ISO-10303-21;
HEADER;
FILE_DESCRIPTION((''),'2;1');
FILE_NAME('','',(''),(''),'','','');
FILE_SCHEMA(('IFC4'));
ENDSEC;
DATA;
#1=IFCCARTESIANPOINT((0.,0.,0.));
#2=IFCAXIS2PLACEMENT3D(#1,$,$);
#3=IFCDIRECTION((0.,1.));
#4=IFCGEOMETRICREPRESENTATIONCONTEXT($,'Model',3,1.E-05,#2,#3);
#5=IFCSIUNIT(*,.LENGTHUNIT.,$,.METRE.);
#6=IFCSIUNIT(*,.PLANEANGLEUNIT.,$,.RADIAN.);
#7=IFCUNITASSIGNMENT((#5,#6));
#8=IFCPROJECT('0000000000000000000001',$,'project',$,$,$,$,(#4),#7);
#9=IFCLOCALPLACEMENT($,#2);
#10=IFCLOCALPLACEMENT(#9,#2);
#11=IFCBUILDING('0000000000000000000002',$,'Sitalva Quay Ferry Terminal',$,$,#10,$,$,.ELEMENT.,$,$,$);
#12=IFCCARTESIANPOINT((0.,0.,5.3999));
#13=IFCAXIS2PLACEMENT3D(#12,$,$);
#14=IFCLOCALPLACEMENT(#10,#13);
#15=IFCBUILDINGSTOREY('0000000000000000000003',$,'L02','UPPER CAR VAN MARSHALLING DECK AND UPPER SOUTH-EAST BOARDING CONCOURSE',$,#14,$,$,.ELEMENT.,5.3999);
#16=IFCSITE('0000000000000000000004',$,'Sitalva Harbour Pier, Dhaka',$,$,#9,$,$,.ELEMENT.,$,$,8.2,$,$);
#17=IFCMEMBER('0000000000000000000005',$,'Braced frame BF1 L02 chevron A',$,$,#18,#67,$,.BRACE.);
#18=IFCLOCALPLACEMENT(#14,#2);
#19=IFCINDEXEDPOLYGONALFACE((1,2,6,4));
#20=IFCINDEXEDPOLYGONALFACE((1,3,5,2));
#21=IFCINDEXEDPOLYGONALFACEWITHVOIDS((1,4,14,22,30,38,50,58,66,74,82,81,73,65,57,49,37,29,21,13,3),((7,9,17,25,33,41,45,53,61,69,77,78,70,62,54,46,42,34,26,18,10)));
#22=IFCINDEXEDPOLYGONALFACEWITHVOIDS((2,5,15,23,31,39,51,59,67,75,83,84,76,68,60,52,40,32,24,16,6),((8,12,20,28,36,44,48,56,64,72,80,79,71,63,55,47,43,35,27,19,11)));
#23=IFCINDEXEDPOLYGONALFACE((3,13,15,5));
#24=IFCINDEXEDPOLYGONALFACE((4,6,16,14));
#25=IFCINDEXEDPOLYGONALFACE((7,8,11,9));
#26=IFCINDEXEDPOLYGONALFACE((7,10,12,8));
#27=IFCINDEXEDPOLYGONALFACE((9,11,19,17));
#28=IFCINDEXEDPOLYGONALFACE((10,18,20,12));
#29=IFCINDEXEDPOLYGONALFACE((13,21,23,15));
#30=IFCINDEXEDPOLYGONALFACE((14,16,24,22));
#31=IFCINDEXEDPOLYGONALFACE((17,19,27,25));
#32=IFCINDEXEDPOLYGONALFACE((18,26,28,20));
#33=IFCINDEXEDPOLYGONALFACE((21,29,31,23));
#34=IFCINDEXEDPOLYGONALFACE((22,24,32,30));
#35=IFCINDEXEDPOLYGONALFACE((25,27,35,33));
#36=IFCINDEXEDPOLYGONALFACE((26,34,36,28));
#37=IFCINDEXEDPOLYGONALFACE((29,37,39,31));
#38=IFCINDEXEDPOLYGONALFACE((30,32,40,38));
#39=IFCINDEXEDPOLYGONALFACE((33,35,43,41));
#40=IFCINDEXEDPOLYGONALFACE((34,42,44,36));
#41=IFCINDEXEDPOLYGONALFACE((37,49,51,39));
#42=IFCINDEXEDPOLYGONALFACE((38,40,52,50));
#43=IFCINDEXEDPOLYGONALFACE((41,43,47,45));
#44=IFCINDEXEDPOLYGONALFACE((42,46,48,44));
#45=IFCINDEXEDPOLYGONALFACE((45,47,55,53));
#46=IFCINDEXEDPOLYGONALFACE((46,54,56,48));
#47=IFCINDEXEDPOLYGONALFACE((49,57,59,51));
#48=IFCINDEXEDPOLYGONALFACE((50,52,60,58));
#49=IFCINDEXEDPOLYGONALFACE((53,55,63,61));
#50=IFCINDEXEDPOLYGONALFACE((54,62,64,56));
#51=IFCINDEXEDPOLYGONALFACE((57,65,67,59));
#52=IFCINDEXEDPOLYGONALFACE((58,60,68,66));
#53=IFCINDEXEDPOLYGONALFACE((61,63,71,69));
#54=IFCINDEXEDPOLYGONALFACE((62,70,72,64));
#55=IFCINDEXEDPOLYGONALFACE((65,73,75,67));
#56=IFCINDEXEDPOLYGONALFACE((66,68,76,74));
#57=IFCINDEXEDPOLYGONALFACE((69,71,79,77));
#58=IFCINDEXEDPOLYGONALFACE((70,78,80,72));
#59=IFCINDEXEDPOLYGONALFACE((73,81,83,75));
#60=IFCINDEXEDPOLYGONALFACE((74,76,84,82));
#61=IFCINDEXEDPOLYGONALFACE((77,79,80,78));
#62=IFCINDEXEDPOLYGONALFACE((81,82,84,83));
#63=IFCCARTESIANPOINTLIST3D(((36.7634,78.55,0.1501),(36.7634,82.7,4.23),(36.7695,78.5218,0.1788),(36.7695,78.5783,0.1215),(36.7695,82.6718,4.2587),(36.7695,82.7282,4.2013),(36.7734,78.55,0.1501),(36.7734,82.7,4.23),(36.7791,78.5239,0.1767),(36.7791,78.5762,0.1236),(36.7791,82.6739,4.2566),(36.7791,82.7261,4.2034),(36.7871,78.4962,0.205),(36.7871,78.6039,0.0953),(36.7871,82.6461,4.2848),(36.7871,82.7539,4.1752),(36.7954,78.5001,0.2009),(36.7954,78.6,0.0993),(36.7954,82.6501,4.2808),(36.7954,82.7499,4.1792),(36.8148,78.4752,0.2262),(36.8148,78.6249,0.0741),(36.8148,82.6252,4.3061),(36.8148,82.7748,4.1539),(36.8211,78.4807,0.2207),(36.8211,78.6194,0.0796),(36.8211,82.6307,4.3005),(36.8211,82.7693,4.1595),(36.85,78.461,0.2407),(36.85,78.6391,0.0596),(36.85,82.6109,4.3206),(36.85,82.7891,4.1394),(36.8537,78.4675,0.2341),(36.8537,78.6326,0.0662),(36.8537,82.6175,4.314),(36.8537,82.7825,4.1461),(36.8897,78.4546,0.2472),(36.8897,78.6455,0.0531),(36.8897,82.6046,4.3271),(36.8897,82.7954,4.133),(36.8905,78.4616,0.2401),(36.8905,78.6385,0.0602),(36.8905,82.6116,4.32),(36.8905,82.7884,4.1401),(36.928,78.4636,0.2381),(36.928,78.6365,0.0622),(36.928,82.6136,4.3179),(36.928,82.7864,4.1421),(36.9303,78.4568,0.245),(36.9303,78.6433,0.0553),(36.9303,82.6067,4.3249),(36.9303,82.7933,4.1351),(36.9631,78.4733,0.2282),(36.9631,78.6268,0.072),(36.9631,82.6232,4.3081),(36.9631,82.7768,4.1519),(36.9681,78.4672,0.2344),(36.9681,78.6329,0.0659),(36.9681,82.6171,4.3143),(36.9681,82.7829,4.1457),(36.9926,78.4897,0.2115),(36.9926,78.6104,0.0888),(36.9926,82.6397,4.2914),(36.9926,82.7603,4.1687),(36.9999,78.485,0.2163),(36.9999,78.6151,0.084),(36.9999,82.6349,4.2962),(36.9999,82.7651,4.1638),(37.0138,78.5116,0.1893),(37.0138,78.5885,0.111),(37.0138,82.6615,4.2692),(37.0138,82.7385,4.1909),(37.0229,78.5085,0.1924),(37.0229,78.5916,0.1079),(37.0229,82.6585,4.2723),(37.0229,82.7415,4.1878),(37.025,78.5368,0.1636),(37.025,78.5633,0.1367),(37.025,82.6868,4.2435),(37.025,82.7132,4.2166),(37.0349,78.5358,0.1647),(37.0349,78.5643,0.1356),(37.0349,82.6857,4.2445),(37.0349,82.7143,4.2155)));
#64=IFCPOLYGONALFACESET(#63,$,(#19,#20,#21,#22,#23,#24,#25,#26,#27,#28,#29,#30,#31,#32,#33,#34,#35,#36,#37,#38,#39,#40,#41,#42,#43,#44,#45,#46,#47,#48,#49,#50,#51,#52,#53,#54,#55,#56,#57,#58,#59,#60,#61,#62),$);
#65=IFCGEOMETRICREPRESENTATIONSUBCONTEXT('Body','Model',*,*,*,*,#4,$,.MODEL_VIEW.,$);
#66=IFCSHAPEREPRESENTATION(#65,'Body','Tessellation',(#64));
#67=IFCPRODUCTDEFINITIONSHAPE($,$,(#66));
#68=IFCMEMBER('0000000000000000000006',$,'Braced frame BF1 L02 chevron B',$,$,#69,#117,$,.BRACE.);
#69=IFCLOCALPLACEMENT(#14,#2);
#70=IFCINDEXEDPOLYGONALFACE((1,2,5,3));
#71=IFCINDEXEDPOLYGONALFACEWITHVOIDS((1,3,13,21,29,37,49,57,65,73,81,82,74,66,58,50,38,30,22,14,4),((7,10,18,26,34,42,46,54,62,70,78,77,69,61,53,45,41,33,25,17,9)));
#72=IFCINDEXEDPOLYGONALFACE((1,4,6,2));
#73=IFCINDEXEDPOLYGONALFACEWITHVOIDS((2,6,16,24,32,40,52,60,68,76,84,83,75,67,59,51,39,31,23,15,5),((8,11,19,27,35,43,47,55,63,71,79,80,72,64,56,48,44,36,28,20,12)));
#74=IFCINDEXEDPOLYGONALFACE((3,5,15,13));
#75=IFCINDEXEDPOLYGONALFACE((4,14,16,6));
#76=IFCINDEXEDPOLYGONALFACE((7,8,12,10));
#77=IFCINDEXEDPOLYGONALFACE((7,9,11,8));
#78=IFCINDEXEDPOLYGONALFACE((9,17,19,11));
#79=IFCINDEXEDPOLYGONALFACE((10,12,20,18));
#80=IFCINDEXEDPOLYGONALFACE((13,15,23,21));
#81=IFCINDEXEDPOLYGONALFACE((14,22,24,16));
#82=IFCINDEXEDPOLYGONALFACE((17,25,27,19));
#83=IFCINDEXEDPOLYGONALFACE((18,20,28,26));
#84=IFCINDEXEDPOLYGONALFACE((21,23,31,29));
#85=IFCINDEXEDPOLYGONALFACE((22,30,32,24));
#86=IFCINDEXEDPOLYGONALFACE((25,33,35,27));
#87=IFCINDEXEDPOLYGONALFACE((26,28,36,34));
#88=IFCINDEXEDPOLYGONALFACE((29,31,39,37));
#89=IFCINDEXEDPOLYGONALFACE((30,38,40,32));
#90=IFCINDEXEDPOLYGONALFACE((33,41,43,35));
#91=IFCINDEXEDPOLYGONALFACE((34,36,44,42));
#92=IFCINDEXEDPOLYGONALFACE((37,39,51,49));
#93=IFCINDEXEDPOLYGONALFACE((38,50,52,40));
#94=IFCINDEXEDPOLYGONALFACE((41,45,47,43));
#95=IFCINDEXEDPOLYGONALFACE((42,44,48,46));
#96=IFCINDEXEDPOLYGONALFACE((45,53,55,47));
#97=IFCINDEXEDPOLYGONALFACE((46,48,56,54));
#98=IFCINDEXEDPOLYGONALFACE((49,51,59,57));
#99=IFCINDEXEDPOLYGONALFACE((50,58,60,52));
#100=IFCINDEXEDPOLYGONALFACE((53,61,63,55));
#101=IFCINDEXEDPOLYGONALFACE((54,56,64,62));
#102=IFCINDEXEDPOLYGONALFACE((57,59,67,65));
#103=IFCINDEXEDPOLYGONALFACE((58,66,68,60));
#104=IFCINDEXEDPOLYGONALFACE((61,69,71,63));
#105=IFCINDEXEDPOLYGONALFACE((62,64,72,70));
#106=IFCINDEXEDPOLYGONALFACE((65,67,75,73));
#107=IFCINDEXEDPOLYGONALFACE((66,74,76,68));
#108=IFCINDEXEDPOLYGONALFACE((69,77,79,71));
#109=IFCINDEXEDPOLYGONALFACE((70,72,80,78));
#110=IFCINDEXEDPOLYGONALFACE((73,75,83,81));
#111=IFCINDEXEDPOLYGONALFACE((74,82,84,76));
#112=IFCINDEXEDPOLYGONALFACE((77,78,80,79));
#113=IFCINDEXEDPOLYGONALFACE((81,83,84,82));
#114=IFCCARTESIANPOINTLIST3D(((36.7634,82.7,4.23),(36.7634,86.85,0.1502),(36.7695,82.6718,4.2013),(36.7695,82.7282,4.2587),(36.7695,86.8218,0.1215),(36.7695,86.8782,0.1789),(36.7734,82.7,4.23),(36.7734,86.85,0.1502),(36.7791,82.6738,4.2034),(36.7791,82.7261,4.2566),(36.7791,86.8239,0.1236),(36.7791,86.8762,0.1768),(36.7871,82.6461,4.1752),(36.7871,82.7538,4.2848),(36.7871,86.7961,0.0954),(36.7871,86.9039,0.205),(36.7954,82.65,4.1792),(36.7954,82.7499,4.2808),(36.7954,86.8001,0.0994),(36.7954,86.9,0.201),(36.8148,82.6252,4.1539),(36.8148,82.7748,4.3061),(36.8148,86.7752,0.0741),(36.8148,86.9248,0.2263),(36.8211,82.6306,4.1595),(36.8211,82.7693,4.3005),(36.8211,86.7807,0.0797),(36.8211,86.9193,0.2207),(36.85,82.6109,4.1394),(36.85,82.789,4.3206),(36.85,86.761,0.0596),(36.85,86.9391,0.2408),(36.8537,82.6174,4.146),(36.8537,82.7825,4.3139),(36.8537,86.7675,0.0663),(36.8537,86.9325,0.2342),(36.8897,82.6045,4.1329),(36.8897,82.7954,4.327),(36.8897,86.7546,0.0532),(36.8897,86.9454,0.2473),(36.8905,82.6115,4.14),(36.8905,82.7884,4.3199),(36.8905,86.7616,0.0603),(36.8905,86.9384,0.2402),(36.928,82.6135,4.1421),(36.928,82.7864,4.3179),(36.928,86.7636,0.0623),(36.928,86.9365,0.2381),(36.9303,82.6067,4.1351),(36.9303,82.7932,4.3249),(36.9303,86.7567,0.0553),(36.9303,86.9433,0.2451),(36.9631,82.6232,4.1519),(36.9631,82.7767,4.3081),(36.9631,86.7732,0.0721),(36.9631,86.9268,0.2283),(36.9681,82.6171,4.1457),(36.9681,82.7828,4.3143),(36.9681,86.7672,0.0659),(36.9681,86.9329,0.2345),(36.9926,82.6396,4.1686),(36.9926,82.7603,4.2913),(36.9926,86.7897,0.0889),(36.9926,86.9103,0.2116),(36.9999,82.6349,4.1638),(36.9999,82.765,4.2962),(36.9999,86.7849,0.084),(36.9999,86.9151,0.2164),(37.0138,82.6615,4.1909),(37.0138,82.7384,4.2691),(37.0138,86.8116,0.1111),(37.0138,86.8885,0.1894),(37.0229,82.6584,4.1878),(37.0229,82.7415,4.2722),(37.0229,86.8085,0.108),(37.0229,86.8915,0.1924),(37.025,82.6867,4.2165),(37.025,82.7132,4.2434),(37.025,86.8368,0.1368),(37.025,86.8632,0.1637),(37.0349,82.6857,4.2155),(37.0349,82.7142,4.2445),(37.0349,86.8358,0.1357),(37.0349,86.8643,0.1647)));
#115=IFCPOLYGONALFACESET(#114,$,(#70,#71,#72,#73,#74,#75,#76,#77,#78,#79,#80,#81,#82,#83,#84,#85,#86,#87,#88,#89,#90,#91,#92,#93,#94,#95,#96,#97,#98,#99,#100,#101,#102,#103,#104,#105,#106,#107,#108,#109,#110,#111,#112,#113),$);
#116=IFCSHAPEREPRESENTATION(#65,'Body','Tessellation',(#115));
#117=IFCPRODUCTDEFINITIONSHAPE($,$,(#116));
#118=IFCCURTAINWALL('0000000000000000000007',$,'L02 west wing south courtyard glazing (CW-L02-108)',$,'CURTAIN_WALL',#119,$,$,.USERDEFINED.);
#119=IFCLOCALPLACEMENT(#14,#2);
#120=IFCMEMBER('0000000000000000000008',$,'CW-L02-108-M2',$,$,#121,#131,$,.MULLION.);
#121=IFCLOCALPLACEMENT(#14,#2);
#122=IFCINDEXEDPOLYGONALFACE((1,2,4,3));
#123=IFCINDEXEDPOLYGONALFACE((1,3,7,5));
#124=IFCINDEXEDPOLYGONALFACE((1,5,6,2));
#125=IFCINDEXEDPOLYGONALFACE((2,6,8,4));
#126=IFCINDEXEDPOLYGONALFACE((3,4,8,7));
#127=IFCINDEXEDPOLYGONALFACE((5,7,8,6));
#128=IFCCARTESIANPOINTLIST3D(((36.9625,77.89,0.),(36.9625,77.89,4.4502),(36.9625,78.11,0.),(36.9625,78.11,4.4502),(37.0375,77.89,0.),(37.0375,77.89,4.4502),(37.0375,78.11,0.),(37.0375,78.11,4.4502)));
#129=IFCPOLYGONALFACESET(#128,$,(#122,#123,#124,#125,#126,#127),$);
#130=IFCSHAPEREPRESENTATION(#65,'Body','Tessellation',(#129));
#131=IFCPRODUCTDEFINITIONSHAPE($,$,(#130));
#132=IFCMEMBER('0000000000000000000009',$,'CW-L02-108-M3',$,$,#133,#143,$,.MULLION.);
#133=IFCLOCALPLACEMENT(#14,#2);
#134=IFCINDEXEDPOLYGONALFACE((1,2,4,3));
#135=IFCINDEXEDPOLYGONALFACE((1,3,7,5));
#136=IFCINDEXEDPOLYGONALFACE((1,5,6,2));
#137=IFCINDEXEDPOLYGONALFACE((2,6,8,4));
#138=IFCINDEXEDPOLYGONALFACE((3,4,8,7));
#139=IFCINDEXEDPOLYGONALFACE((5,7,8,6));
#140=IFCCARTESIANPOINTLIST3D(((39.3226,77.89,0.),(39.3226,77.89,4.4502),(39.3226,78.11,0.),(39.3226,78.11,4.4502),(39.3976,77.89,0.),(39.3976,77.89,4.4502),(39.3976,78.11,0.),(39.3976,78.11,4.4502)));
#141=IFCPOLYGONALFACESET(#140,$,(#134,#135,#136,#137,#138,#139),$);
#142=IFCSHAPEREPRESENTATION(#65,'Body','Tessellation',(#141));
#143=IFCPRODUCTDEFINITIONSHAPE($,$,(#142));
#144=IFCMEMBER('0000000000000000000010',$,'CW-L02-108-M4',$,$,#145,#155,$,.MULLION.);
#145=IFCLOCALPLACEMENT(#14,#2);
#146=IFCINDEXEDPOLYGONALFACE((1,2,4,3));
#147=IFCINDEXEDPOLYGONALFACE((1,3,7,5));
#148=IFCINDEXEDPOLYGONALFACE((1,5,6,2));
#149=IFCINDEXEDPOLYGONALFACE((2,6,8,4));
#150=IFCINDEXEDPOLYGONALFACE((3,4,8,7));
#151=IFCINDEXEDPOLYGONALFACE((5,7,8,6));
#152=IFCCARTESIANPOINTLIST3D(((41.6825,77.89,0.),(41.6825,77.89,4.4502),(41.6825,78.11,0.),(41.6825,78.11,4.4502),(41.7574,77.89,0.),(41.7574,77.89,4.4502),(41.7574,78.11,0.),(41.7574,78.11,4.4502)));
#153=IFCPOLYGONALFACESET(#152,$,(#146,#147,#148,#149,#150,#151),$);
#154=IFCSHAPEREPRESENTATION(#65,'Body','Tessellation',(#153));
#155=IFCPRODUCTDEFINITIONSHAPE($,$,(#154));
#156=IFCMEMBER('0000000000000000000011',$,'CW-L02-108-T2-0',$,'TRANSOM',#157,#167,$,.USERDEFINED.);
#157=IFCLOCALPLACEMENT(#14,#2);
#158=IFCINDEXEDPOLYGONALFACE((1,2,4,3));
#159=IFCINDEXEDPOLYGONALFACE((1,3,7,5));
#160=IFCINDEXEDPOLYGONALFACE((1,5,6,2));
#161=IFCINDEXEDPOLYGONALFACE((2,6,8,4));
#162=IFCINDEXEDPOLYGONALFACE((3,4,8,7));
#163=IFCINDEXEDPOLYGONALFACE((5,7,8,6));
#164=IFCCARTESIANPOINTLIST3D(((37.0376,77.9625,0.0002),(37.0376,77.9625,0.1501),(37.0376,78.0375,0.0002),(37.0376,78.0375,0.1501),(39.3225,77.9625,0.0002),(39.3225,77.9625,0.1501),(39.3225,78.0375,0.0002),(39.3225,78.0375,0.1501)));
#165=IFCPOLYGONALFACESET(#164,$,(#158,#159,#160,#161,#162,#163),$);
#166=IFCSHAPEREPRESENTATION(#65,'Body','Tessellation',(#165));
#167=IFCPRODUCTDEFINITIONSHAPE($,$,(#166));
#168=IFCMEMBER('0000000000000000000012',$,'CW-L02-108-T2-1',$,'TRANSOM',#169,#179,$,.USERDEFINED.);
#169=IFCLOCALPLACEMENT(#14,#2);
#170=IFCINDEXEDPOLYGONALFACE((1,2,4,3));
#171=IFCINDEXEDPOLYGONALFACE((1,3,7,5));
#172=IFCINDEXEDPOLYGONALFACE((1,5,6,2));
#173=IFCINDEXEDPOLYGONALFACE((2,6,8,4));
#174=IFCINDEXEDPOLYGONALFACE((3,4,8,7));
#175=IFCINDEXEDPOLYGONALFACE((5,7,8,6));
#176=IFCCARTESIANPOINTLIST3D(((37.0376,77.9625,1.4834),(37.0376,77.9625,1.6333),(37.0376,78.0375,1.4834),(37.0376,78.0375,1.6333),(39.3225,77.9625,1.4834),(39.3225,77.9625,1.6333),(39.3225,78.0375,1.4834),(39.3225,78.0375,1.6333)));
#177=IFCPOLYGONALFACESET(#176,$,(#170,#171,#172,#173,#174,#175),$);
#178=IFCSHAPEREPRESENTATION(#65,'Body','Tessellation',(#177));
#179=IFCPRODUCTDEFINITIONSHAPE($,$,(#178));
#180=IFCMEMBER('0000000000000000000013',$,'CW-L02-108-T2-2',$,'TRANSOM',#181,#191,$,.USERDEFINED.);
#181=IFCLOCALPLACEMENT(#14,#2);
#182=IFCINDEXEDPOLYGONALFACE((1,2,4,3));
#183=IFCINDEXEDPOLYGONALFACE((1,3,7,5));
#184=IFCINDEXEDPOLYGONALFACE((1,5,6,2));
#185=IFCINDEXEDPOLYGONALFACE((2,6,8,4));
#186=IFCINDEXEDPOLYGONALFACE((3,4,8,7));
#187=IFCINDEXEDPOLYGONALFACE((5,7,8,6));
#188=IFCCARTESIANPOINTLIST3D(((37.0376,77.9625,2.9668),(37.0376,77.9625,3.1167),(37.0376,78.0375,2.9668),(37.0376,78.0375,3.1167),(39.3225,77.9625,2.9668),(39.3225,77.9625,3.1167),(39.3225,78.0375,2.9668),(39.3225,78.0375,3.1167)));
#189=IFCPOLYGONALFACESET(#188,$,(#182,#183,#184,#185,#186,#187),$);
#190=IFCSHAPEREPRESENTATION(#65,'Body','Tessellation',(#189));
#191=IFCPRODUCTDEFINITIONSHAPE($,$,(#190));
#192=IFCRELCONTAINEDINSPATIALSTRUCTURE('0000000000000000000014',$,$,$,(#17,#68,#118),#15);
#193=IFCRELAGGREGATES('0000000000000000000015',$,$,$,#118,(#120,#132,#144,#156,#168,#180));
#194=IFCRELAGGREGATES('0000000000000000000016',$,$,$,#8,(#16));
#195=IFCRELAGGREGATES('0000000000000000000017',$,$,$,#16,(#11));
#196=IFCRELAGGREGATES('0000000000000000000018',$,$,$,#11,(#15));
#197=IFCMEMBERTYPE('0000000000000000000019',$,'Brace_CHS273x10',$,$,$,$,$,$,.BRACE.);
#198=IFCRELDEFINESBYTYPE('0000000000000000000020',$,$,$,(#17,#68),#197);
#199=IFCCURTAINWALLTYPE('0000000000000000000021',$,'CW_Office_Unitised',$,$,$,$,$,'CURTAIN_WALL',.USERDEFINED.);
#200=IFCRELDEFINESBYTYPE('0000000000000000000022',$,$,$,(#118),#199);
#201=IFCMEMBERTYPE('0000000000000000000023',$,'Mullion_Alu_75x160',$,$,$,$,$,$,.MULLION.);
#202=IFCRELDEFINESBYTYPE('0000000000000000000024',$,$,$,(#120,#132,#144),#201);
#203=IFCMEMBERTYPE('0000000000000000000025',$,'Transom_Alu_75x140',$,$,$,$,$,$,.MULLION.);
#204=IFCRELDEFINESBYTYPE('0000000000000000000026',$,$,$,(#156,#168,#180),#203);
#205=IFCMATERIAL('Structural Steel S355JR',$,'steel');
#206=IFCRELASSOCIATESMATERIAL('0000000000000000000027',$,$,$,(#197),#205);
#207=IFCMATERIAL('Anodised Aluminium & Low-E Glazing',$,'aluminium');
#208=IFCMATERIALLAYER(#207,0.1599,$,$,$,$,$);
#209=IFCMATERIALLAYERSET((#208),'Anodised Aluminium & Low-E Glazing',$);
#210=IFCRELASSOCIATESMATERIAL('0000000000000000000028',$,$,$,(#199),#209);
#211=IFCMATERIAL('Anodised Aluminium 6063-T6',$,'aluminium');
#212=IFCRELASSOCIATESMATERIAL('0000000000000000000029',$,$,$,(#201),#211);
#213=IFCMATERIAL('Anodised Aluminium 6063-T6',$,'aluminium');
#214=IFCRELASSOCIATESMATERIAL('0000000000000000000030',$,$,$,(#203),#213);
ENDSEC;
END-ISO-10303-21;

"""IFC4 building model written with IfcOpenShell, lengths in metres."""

from ifc_helpers import new_model, si_unit, direction, frame, origin, origin_2d, place, context, subcontext, project, spatial, rectangle, hollow_circle, extrude, material, layer, layer_set, material_profile, profile_set, type_object, element, aggregate, save


model = new_model("IFC4")

# Units and contexts
model_context = context("Model", 3, precision=1e-05, world=origin(), true_north=direction((0.0, 1.0)))
body_context = subcontext(model_context, "Body", "Model", "MODEL_VIEW")
ifc_project = project(units=[si_unit("LENGTHUNIT", "METRE"), si_unit("PLANEANGLEUNIT", "RADIAN")], contexts=[model_context])

# Site, building, storey
site_placement = place(None, origin())
site = spatial("IfcSite", under=ifc_project, at=site_placement, Name="Sitalva Harbour Pier, Dhaka", CompositionType="ELEMENT", RefElevation=8.2)
building_placement = place(site_placement, origin())
building = spatial("IfcBuilding", under=site, at=building_placement, Name="Sitalva Quay Ferry Terminal", CompositionType="ELEMENT")
storey_placement = place(building_placement, frame((0.0, 0.0, 5.3999)))
storey = spatial("IfcBuildingStorey", under=building, at=storey_placement, Name="L02", Description="UPPER CAR VAN MARSHALLING DECK AND UPPER SOUTH-EAST BOARDING CONCOURSE", CompositionType="ELEMENT", Elevation=5.3999)

# Members
ifc_material_1 = material(Name="Structural Steel S355JR", Category="steel")
ifc_material_profile_1 = material_profile(ifc_material_1, hollow_circle(Radius=0.1365, WallThickness=0.01, at=origin_2d()), Name="CHS273x10")
ifc_profile_set_1 = profile_set([ifc_material_profile_1], Name="Structural Steel S355JR")
member_type_1 = type_object("IfcMemberType", Name="Brace_CHS273x10", PredefinedType="BRACE", material=ifc_profile_set_1)
for number, where, z_axis, x_axis, name in (
    (1, (36.8999, 78.55, 0.1501), (0.0, 0.713101, 0.701061), (-1.0, 0.0, 0.0), "Braced frame BF1 L02 chevron A"),
    (2, (36.8999, 82.7, 4.23), (0.0, 0.713122, -0.70104), (-1.0, 0.0, 0.0), "Braced frame BF1 L02 chevron B"),
):
    element("IfcMember", number, at=place(storey_placement, frame(where, z_axis=z_axis, x_axis=x_axis)), inside=storey, type_object=member_type_1, Name=name, PredefinedType="BRACE", context=body_context, shape_type="SweptSolid", body=[
        extrude(hollow_circle(Radius=0.1365, WallThickness=0.01, at=origin_2d()), origin(), (0.0, 0.0, 1.0), 5.8196),
    ])

# Curtain wall, members
ifc_material_2 = material(Name="Anodised Aluminium & Low-E Glazing", Category="aluminium")
ifc_layer_1 = layer(ifc_material_2, 0.1599)
ifc_layer_set_1 = layer_set([ifc_layer_1], Name="Anodised Aluminium & Low-E Glazing")
curtain_wall_type = type_object("IfcCurtainWallType", Name="CW_Office_Unitised", ElementType="CURTAIN_WALL", PredefinedType="USERDEFINED", material=ifc_layer_set_1)
curtain_wall_placement = place(storey_placement, origin())
curtain_wall = element("IfcCurtainWall", 3, at=curtain_wall_placement, inside=storey, type_object=curtain_wall_type, Name="L02 west wing south courtyard glazing (CW-L02-108)", ObjectType="CURTAIN_WALL", PredefinedType="USERDEFINED")
ifc_material_3 = material(Name="Anodised Aluminium 6063-T6", Category="aluminium")
ifc_material_profile_2 = material_profile(ifc_material_3, rectangle(XDim=0.075, YDim=0.22, at=origin_2d()), Name="ALU75x220")
ifc_profile_set_2 = profile_set([ifc_material_profile_2], Name="Anodised Aluminium 6063-T6")
member_type_2 = type_object("IfcMemberType", Name="Mullion_Alu_75x160", PredefinedType="MULLION", material=ifc_profile_set_2)
member_1_placement = place(storey_placement, frame((37.0, 78.0, 0.0), z_axis=(0.0, 0.0, 1.0), x_axis=(1.0, 0.0, 0.0)))
member_1 = element("IfcMember", 4, at=member_1_placement, type_object=member_type_2, Name="CW-L02-108-M2", PredefinedType="MULLION", context=body_context, shape_type="SweptSolid", body=[
    extrude(rectangle(XDim=0.075, YDim=0.22, at=origin_2d()), origin(), (0.0, 0.0, 1.0), 4.4502),
])
member_2_placement = place(storey_placement, frame((39.3601, 78.0, 0.0), z_axis=(0.0, 0.0, 1.0), x_axis=(1.0, 0.0, 0.0)))
member_2 = element("IfcMember", 5, at=member_2_placement, type_object=member_type_2, Name="CW-L02-108-M3", PredefinedType="MULLION", context=body_context, shape_type="SweptSolid", body=[
    extrude(rectangle(XDim=0.075, YDim=0.22, at=origin_2d()), origin(), (0.0, 0.0, 1.0), 4.4502),
])
member_3_placement = place(storey_placement, frame((41.72, 78.0, 0.0), z_axis=(0.0, 0.0, 1.0), x_axis=(1.0, 0.0, 0.0)))
member_3 = element("IfcMember", 6, at=member_3_placement, type_object=member_type_2, Name="CW-L02-108-M4", PredefinedType="MULLION", context=body_context, shape_type="SweptSolid", body=[
    extrude(rectangle(XDim=0.075, YDim=0.22, at=origin_2d()), origin(), (0.0, 0.0, 1.0), 4.4502),
])
ifc_material_4 = material(Name="Anodised Aluminium 6063-T6", Category="aluminium")
ifc_material_profile_3 = material_profile(ifc_material_4, rectangle(XDim=0.075, YDim=0.1499, at=origin_2d()), Name="ALU75x150")
ifc_profile_set_3 = profile_set([ifc_material_profile_3], Name="Anodised Aluminium 6063-T6")
member_type_3 = type_object("IfcMemberType", Name="Transom_Alu_75x140", PredefinedType="MULLION", material=ifc_profile_set_3)
member_4_placement = place(storey_placement, frame((37.0376, 78.0, 0.0752), z_axis=(1.0, 0.0, 0.0), x_axis=(0.0, 1.0, 0.0)))
member_4 = element("IfcMember", 7, at=member_4_placement, type_object=member_type_3, Name="CW-L02-108-T2-0", ObjectType="TRANSOM", PredefinedType="USERDEFINED", context=body_context, shape_type="SweptSolid", body=[
    extrude(rectangle(XDim=0.075, YDim=0.1499, at=origin_2d()), origin(), (0.0, 0.0, 1.0), 2.2849),
])
member_5_placement = place(storey_placement, frame((37.0376, 78.0, 1.5583), z_axis=(1.0, 0.0, 0.0), x_axis=(0.0, 1.0, 0.0)))
member_5 = element("IfcMember", 8, at=member_5_placement, type_object=member_type_3, Name="CW-L02-108-T2-1", ObjectType="TRANSOM", PredefinedType="USERDEFINED", context=body_context, shape_type="SweptSolid", body=[
    extrude(rectangle(XDim=0.075, YDim=0.1499, at=origin_2d()), origin(), (0.0, 0.0, 1.0), 2.2849),
])
member_6_placement = place(storey_placement, frame((37.0376, 78.0, 3.0417), z_axis=(1.0, 0.0, 0.0), x_axis=(0.0, 1.0, 0.0)))
member_6 = element("IfcMember", 9, at=member_6_placement, type_object=member_type_3, Name="CW-L02-108-T2-2", ObjectType="TRANSOM", PredefinedType="USERDEFINED", context=body_context, shape_type="SweptSolid", body=[
    extrude(rectangle(XDim=0.075, YDim=0.1499, at=origin_2d()), origin(), (0.0, 0.0, 1.0), 2.2849),
])

aggregate(curtain_wall, [member_1, member_2, member_3, member_4, member_5, member_6])

save(model, "model.ifc")
